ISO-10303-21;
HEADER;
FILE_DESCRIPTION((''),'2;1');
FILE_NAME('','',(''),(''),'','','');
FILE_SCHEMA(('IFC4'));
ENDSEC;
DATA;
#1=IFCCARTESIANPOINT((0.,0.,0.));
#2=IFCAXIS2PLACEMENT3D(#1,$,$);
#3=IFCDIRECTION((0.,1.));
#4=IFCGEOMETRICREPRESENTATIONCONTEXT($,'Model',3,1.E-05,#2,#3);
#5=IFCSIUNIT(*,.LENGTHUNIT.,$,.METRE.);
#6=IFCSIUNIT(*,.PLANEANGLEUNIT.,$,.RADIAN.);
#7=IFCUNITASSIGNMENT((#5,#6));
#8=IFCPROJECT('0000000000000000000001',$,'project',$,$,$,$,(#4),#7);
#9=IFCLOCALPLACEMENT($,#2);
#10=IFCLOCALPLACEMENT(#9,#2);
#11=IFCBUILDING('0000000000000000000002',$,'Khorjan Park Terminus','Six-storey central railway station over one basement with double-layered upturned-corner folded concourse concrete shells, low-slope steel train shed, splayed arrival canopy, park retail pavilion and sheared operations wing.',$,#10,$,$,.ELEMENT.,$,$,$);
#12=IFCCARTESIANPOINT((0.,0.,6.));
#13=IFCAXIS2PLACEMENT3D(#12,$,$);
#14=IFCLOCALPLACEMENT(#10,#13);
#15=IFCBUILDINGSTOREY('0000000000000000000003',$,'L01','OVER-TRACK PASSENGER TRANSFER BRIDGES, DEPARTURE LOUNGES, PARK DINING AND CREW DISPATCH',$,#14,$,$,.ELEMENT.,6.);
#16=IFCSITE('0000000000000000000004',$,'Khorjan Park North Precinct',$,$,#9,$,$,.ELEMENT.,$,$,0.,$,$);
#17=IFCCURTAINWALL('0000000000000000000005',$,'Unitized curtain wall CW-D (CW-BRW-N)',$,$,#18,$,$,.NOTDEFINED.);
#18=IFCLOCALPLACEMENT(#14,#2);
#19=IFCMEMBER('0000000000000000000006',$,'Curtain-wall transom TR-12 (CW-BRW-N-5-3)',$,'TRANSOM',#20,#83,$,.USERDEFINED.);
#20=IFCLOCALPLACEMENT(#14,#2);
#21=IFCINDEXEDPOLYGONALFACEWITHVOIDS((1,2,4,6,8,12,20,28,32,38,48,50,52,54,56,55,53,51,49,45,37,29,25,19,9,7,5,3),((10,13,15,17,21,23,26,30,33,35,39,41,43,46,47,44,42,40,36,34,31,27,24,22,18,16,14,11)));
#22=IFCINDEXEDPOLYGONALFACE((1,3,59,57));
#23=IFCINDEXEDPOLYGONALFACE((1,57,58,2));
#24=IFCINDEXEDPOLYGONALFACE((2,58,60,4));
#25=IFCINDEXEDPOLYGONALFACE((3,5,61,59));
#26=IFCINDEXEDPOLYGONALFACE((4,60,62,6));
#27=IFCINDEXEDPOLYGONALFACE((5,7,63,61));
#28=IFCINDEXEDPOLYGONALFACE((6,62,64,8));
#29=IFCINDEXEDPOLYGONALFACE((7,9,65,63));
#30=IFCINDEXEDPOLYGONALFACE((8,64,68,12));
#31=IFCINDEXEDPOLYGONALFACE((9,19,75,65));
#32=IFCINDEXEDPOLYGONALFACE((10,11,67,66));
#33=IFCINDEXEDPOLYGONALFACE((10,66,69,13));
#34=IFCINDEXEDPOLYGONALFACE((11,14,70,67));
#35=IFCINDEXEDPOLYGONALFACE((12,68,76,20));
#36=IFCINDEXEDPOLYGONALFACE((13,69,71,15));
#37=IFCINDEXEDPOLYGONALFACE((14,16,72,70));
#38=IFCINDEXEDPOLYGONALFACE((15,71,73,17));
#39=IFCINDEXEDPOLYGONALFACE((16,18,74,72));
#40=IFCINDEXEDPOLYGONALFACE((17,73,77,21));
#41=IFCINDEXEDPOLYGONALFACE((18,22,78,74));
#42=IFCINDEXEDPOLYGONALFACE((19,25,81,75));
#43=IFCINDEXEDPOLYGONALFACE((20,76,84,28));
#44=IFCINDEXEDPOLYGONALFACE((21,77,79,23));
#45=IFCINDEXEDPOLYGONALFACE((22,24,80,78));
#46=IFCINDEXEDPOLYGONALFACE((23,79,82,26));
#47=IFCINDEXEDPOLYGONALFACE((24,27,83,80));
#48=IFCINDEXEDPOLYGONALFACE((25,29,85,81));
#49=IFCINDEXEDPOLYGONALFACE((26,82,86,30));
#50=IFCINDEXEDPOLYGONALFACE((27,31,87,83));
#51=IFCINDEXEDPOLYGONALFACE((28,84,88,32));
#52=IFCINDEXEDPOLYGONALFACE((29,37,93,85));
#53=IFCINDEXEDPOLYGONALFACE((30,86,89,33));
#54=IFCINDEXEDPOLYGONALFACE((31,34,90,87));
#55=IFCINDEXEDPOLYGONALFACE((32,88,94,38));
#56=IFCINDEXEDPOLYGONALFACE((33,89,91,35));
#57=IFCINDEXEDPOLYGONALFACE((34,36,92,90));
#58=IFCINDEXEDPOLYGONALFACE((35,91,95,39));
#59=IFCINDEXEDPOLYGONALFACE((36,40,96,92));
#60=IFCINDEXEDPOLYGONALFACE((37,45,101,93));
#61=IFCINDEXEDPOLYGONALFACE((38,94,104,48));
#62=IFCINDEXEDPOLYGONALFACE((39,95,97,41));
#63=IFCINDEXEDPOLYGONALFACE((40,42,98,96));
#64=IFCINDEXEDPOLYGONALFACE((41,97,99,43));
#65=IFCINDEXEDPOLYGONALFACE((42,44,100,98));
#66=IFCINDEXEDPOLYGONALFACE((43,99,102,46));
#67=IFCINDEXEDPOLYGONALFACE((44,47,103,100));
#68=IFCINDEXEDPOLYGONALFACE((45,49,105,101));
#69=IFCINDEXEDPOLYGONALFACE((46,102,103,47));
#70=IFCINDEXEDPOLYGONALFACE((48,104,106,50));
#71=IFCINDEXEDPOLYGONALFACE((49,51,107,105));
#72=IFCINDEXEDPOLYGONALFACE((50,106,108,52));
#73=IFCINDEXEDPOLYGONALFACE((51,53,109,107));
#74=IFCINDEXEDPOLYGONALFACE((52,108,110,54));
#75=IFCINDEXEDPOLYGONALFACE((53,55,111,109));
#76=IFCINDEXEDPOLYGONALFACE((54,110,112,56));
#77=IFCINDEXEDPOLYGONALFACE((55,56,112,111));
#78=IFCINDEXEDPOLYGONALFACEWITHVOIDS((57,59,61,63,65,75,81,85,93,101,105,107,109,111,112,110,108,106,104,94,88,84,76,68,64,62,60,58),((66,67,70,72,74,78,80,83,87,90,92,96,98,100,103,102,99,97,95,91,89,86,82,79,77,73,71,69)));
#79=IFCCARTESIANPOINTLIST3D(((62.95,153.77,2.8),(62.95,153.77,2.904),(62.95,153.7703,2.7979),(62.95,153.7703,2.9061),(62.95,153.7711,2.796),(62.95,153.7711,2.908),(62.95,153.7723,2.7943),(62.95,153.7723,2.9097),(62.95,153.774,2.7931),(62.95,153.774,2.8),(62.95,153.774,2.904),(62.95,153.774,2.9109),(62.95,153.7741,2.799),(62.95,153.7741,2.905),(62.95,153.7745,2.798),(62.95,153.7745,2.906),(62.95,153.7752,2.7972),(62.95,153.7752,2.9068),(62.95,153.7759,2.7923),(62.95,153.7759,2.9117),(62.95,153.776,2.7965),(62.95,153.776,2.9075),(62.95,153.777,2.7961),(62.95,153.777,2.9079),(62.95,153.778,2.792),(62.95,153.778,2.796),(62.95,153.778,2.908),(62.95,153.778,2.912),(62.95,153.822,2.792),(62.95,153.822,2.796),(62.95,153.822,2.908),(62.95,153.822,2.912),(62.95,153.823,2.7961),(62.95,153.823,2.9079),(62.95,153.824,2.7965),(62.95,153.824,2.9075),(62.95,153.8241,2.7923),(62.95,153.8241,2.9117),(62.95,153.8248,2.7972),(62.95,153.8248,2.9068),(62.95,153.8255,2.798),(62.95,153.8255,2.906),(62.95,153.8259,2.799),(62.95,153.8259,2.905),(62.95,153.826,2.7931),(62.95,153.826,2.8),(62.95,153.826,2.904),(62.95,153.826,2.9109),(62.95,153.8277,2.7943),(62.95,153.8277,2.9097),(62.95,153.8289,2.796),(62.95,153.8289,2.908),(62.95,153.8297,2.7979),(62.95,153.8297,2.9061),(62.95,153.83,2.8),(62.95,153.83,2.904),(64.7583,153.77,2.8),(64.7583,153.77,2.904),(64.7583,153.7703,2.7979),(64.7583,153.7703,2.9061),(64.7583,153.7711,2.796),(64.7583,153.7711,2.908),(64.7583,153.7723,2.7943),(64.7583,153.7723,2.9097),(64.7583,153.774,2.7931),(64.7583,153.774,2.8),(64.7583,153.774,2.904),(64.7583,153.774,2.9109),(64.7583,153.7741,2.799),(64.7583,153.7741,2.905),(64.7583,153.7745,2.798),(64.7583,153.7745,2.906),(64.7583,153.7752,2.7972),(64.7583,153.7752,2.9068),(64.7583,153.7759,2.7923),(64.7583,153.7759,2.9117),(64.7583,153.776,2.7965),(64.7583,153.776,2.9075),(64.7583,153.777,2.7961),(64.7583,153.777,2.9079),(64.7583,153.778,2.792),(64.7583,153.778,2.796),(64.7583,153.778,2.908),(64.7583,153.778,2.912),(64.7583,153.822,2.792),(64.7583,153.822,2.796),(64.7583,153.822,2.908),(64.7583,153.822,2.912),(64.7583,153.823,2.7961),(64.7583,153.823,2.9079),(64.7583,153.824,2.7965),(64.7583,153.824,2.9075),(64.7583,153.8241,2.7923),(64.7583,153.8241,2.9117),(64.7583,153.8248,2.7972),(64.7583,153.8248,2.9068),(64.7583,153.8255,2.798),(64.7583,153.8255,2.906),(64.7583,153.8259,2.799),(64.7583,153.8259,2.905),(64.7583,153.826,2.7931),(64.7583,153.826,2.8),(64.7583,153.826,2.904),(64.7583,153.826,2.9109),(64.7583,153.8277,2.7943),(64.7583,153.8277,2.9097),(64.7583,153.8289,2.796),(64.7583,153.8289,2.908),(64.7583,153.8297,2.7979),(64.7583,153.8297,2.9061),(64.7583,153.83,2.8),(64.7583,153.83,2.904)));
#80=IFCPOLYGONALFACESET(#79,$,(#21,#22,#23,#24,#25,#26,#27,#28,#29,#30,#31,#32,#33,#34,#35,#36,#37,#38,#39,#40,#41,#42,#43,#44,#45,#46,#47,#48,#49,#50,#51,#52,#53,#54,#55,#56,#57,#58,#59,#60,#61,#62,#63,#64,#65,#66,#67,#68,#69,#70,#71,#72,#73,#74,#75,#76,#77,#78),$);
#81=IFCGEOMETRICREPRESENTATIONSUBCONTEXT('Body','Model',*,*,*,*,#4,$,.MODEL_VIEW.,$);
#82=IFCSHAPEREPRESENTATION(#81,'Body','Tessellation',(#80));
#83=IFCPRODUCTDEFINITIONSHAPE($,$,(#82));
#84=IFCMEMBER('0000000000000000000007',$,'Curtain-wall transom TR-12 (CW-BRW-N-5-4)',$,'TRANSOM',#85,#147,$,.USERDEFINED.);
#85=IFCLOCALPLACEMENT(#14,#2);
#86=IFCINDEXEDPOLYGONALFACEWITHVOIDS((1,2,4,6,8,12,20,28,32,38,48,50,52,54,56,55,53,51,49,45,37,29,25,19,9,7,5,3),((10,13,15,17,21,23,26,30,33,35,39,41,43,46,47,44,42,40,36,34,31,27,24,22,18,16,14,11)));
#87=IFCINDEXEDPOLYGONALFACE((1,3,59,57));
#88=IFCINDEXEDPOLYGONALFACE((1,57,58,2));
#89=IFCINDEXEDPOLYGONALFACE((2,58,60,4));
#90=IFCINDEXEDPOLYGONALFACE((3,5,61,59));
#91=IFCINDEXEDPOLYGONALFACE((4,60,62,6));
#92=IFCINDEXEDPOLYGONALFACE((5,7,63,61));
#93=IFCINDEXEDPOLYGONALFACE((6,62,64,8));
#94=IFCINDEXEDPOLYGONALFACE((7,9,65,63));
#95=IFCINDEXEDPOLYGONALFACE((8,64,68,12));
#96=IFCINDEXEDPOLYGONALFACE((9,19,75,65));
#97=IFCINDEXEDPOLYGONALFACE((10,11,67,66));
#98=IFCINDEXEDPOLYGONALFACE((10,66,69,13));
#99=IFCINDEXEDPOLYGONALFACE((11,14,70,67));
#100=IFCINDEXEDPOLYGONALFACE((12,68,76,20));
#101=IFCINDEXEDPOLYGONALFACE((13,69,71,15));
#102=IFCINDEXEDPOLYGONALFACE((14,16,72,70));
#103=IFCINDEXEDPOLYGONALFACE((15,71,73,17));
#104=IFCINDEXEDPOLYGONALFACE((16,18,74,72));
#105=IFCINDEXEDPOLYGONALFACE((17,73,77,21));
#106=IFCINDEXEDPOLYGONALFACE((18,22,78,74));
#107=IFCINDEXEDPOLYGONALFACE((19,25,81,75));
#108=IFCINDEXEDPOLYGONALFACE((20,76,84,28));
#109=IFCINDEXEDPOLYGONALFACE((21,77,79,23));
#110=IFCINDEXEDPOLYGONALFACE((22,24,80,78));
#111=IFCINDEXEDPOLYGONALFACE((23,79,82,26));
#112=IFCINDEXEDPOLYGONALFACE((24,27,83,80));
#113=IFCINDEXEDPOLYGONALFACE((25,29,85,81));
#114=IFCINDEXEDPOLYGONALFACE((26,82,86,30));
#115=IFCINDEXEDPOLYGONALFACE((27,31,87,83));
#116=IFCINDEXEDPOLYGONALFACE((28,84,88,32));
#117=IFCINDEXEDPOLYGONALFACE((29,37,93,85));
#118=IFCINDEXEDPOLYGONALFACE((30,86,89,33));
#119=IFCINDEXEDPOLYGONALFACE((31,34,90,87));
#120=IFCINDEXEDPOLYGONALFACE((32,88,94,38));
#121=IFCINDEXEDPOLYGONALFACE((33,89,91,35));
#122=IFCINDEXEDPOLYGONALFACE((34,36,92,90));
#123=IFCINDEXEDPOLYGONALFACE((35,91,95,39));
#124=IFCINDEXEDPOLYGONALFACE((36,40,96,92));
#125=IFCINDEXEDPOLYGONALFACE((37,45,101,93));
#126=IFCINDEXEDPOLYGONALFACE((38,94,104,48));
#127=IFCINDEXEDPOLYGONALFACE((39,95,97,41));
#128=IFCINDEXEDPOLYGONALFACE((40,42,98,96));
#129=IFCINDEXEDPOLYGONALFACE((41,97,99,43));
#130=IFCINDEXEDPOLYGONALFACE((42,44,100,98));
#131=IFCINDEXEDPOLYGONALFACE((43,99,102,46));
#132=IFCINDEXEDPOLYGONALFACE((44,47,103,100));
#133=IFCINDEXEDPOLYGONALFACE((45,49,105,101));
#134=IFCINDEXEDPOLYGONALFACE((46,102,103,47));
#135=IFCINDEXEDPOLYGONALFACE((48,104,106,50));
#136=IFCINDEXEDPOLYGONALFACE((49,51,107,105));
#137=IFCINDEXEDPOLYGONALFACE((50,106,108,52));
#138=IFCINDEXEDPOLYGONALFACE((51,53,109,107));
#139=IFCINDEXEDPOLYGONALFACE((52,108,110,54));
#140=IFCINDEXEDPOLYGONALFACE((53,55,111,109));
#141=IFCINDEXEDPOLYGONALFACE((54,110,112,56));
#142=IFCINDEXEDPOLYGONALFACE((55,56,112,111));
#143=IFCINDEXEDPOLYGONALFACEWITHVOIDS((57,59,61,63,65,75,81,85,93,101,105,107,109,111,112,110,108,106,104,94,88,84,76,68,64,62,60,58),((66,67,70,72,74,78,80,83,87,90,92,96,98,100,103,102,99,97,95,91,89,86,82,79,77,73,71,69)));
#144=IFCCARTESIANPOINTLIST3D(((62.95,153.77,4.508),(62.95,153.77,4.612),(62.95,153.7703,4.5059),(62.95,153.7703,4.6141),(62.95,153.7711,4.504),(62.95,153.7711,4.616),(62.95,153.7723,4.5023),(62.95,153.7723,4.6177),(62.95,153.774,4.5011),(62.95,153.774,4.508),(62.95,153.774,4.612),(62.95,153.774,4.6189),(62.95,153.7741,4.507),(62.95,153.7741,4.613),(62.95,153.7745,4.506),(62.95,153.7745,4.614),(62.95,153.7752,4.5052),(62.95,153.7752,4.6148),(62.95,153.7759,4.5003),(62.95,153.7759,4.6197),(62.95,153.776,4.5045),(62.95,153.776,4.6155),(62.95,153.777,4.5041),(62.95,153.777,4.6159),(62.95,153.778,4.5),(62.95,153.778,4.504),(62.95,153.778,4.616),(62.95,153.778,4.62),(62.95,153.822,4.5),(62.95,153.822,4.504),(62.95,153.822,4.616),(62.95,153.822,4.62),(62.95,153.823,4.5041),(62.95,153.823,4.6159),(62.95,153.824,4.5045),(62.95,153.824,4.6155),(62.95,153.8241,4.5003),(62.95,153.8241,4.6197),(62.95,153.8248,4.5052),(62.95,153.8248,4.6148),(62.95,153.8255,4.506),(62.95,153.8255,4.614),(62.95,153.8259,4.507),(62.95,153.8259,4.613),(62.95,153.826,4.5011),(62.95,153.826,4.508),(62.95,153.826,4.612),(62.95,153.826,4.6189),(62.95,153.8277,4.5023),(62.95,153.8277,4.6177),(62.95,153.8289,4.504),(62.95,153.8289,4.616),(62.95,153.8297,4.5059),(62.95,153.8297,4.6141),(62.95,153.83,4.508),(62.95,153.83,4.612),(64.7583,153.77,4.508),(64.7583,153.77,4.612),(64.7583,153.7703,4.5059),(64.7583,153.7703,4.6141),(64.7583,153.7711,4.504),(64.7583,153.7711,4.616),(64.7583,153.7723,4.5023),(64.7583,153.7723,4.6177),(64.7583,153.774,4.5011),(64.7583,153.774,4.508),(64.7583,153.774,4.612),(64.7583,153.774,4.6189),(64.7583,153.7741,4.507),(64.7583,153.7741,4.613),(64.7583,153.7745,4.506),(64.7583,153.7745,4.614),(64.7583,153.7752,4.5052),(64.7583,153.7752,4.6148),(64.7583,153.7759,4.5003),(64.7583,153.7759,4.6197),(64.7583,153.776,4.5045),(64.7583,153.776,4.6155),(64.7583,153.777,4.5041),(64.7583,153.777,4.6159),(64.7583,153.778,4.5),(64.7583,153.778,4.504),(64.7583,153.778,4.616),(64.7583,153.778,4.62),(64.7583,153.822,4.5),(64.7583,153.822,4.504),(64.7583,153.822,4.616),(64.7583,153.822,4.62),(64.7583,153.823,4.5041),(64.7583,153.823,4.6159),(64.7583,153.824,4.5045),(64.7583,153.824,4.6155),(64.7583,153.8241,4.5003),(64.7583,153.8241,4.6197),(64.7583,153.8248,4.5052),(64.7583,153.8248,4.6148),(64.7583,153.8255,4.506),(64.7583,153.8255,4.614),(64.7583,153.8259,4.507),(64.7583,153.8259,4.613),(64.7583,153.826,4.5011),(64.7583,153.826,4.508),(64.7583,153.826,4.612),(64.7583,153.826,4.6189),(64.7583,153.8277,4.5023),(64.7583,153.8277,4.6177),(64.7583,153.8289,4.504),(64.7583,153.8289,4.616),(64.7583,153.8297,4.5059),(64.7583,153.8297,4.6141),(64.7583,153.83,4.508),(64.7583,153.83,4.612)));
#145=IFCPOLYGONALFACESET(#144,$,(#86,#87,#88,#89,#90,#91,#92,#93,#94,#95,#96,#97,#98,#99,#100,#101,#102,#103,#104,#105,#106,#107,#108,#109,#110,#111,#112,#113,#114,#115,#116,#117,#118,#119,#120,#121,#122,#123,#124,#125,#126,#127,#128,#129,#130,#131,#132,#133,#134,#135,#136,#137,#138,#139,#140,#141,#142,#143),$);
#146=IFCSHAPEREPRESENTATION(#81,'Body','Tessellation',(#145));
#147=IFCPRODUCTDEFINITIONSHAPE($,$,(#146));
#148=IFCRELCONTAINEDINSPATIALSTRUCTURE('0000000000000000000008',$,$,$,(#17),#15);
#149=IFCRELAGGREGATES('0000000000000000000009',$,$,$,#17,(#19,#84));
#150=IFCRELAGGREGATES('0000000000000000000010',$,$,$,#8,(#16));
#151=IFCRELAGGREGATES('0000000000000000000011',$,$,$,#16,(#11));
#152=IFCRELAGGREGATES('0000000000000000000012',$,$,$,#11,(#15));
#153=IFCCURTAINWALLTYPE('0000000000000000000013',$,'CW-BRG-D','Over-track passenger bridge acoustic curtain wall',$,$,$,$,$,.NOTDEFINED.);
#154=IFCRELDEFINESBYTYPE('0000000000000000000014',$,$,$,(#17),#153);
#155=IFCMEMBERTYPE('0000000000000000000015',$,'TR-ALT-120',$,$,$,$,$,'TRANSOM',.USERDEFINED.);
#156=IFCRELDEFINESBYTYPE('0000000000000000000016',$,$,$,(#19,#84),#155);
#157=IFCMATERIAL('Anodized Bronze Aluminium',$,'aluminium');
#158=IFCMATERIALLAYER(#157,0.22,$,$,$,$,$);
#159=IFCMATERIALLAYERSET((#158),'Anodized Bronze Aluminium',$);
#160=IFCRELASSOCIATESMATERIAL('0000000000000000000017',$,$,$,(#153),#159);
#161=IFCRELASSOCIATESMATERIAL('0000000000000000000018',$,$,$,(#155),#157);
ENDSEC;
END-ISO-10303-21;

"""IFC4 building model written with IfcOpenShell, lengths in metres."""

from ifc_helpers import new_model, si_unit, direction, frame, origin, origin_2d, place, context, subcontext, project, spatial, hollow_rectangle, extrude, material, layer, layer_set, material_profile, profile_set, type_object, element, aggregate, save


model = new_model("IFC4")

# Units and contexts
model_context = context("Model", 3, precision=1e-05, world=origin(), true_north=direction((0.0, 1.0)))
body_context = subcontext(model_context, "Body", "Model", "MODEL_VIEW")
ifc_project = project(units=[si_unit("LENGTHUNIT", "METRE"), si_unit("PLANEANGLEUNIT", "RADIAN")], contexts=[model_context])

# Site, building, storey
site_placement = place(None, origin())
site = spatial("IfcSite", under=ifc_project, at=site_placement, Name="Khorjan Park North Precinct", CompositionType="ELEMENT", RefElevation=0.0)
building_placement = place(site_placement, origin())
building = spatial("IfcBuilding", under=site, at=building_placement, Name="Khorjan Park Terminus", Description="Six-storey central railway station over one basement with double-layered upturned-corner folded concourse concrete shells, low-slope steel train shed, splayed arrival canopy, park retail pavilion and sheared operations wing.", CompositionType="ELEMENT")
storey_placement = place(building_placement, frame((0.0, 0.0, 6.0)))
storey = spatial("IfcBuildingStorey", under=building, at=storey_placement, Name="L01", Description="OVER-TRACK PASSENGER TRANSFER BRIDGES, DEPARTURE LOUNGES, PARK DINING AND CREW DISPATCH", CompositionType="ELEMENT", Elevation=6.0)

# Curtain wall, members
ifc_material_1 = material(Name="Anodized Bronze Aluminium", Category="aluminium")
ifc_layer_1 = layer(ifc_material_1, 0.22)
ifc_layer_set_1 = layer_set([ifc_layer_1], Name="Anodized Bronze Aluminium")
curtain_wall_type = type_object("IfcCurtainWallType", Name="CW-BRG-D", Description="Over-track passenger bridge acoustic curtain wall", PredefinedType="NOTDEFINED", material=ifc_layer_set_1)
curtain_wall_placement = place(storey_placement, origin())
curtain_wall = element("IfcCurtainWall", 1, at=curtain_wall_placement, inside=storey, type_object=curtain_wall_type, Name="Unitized curtain wall CW-D (CW-BRW-N)", PredefinedType="NOTDEFINED")
ifc_material_profile_1 = material_profile(ifc_material_1, hollow_rectangle(XDim=0.06, YDim=0.12, WallThickness=0.004, InnerFilletRadius=0.004, OuterFilletRadius=0.008, at=origin_2d()), Name="ALT 60x120x4")
ifc_profile_set_1 = profile_set([ifc_material_profile_1], Name="Anodized Bronze Aluminium")
member_type_1 = type_object("IfcMemberType", Name="TR-ALT-120", ElementType="TRANSOM", PredefinedType="USERDEFINED", material=ifc_profile_set_1)
member_1_placement = place(storey_placement, frame((64.7583, 153.8, 2.852), z_axis=(-1.0, 0.0, 0.0), x_axis=(0.0, -1.0, 0.0)))
member_1 = element("IfcMember", 2, at=member_1_placement, type_object=member_type_1, Name="Curtain-wall transom TR-12 (CW-BRW-N-5-3)", ObjectType="TRANSOM", PredefinedType="USERDEFINED", context=body_context, shape_type="SweptSolid", body=[
    extrude(hollow_rectangle(XDim=0.06, YDim=0.12, WallThickness=0.004, InnerFilletRadius=0.004, OuterFilletRadius=0.008, at=origin_2d()), origin(), (0.0, 0.0, 1.0), 1.8083),
])
member_2_placement = place(storey_placement, frame((64.7583, 153.8, 4.56), z_axis=(-1.0, 0.0, 0.0), x_axis=(0.0, -1.0, 0.0)))
member_2 = element("IfcMember", 3, at=member_2_placement, type_object=member_type_1, Name="Curtain-wall transom TR-12 (CW-BRW-N-5-4)", ObjectType="TRANSOM", PredefinedType="USERDEFINED", context=body_context, shape_type="SweptSolid", body=[
    extrude(hollow_rectangle(XDim=0.06, YDim=0.12, WallThickness=0.004, InnerFilletRadius=0.004, OuterFilletRadius=0.008, at=origin_2d()), origin(), (0.0, 0.0, 1.0), 1.8083),
])
aggregate(curtain_wall, [member_1, member_2])

save(model, "model.ifc")
